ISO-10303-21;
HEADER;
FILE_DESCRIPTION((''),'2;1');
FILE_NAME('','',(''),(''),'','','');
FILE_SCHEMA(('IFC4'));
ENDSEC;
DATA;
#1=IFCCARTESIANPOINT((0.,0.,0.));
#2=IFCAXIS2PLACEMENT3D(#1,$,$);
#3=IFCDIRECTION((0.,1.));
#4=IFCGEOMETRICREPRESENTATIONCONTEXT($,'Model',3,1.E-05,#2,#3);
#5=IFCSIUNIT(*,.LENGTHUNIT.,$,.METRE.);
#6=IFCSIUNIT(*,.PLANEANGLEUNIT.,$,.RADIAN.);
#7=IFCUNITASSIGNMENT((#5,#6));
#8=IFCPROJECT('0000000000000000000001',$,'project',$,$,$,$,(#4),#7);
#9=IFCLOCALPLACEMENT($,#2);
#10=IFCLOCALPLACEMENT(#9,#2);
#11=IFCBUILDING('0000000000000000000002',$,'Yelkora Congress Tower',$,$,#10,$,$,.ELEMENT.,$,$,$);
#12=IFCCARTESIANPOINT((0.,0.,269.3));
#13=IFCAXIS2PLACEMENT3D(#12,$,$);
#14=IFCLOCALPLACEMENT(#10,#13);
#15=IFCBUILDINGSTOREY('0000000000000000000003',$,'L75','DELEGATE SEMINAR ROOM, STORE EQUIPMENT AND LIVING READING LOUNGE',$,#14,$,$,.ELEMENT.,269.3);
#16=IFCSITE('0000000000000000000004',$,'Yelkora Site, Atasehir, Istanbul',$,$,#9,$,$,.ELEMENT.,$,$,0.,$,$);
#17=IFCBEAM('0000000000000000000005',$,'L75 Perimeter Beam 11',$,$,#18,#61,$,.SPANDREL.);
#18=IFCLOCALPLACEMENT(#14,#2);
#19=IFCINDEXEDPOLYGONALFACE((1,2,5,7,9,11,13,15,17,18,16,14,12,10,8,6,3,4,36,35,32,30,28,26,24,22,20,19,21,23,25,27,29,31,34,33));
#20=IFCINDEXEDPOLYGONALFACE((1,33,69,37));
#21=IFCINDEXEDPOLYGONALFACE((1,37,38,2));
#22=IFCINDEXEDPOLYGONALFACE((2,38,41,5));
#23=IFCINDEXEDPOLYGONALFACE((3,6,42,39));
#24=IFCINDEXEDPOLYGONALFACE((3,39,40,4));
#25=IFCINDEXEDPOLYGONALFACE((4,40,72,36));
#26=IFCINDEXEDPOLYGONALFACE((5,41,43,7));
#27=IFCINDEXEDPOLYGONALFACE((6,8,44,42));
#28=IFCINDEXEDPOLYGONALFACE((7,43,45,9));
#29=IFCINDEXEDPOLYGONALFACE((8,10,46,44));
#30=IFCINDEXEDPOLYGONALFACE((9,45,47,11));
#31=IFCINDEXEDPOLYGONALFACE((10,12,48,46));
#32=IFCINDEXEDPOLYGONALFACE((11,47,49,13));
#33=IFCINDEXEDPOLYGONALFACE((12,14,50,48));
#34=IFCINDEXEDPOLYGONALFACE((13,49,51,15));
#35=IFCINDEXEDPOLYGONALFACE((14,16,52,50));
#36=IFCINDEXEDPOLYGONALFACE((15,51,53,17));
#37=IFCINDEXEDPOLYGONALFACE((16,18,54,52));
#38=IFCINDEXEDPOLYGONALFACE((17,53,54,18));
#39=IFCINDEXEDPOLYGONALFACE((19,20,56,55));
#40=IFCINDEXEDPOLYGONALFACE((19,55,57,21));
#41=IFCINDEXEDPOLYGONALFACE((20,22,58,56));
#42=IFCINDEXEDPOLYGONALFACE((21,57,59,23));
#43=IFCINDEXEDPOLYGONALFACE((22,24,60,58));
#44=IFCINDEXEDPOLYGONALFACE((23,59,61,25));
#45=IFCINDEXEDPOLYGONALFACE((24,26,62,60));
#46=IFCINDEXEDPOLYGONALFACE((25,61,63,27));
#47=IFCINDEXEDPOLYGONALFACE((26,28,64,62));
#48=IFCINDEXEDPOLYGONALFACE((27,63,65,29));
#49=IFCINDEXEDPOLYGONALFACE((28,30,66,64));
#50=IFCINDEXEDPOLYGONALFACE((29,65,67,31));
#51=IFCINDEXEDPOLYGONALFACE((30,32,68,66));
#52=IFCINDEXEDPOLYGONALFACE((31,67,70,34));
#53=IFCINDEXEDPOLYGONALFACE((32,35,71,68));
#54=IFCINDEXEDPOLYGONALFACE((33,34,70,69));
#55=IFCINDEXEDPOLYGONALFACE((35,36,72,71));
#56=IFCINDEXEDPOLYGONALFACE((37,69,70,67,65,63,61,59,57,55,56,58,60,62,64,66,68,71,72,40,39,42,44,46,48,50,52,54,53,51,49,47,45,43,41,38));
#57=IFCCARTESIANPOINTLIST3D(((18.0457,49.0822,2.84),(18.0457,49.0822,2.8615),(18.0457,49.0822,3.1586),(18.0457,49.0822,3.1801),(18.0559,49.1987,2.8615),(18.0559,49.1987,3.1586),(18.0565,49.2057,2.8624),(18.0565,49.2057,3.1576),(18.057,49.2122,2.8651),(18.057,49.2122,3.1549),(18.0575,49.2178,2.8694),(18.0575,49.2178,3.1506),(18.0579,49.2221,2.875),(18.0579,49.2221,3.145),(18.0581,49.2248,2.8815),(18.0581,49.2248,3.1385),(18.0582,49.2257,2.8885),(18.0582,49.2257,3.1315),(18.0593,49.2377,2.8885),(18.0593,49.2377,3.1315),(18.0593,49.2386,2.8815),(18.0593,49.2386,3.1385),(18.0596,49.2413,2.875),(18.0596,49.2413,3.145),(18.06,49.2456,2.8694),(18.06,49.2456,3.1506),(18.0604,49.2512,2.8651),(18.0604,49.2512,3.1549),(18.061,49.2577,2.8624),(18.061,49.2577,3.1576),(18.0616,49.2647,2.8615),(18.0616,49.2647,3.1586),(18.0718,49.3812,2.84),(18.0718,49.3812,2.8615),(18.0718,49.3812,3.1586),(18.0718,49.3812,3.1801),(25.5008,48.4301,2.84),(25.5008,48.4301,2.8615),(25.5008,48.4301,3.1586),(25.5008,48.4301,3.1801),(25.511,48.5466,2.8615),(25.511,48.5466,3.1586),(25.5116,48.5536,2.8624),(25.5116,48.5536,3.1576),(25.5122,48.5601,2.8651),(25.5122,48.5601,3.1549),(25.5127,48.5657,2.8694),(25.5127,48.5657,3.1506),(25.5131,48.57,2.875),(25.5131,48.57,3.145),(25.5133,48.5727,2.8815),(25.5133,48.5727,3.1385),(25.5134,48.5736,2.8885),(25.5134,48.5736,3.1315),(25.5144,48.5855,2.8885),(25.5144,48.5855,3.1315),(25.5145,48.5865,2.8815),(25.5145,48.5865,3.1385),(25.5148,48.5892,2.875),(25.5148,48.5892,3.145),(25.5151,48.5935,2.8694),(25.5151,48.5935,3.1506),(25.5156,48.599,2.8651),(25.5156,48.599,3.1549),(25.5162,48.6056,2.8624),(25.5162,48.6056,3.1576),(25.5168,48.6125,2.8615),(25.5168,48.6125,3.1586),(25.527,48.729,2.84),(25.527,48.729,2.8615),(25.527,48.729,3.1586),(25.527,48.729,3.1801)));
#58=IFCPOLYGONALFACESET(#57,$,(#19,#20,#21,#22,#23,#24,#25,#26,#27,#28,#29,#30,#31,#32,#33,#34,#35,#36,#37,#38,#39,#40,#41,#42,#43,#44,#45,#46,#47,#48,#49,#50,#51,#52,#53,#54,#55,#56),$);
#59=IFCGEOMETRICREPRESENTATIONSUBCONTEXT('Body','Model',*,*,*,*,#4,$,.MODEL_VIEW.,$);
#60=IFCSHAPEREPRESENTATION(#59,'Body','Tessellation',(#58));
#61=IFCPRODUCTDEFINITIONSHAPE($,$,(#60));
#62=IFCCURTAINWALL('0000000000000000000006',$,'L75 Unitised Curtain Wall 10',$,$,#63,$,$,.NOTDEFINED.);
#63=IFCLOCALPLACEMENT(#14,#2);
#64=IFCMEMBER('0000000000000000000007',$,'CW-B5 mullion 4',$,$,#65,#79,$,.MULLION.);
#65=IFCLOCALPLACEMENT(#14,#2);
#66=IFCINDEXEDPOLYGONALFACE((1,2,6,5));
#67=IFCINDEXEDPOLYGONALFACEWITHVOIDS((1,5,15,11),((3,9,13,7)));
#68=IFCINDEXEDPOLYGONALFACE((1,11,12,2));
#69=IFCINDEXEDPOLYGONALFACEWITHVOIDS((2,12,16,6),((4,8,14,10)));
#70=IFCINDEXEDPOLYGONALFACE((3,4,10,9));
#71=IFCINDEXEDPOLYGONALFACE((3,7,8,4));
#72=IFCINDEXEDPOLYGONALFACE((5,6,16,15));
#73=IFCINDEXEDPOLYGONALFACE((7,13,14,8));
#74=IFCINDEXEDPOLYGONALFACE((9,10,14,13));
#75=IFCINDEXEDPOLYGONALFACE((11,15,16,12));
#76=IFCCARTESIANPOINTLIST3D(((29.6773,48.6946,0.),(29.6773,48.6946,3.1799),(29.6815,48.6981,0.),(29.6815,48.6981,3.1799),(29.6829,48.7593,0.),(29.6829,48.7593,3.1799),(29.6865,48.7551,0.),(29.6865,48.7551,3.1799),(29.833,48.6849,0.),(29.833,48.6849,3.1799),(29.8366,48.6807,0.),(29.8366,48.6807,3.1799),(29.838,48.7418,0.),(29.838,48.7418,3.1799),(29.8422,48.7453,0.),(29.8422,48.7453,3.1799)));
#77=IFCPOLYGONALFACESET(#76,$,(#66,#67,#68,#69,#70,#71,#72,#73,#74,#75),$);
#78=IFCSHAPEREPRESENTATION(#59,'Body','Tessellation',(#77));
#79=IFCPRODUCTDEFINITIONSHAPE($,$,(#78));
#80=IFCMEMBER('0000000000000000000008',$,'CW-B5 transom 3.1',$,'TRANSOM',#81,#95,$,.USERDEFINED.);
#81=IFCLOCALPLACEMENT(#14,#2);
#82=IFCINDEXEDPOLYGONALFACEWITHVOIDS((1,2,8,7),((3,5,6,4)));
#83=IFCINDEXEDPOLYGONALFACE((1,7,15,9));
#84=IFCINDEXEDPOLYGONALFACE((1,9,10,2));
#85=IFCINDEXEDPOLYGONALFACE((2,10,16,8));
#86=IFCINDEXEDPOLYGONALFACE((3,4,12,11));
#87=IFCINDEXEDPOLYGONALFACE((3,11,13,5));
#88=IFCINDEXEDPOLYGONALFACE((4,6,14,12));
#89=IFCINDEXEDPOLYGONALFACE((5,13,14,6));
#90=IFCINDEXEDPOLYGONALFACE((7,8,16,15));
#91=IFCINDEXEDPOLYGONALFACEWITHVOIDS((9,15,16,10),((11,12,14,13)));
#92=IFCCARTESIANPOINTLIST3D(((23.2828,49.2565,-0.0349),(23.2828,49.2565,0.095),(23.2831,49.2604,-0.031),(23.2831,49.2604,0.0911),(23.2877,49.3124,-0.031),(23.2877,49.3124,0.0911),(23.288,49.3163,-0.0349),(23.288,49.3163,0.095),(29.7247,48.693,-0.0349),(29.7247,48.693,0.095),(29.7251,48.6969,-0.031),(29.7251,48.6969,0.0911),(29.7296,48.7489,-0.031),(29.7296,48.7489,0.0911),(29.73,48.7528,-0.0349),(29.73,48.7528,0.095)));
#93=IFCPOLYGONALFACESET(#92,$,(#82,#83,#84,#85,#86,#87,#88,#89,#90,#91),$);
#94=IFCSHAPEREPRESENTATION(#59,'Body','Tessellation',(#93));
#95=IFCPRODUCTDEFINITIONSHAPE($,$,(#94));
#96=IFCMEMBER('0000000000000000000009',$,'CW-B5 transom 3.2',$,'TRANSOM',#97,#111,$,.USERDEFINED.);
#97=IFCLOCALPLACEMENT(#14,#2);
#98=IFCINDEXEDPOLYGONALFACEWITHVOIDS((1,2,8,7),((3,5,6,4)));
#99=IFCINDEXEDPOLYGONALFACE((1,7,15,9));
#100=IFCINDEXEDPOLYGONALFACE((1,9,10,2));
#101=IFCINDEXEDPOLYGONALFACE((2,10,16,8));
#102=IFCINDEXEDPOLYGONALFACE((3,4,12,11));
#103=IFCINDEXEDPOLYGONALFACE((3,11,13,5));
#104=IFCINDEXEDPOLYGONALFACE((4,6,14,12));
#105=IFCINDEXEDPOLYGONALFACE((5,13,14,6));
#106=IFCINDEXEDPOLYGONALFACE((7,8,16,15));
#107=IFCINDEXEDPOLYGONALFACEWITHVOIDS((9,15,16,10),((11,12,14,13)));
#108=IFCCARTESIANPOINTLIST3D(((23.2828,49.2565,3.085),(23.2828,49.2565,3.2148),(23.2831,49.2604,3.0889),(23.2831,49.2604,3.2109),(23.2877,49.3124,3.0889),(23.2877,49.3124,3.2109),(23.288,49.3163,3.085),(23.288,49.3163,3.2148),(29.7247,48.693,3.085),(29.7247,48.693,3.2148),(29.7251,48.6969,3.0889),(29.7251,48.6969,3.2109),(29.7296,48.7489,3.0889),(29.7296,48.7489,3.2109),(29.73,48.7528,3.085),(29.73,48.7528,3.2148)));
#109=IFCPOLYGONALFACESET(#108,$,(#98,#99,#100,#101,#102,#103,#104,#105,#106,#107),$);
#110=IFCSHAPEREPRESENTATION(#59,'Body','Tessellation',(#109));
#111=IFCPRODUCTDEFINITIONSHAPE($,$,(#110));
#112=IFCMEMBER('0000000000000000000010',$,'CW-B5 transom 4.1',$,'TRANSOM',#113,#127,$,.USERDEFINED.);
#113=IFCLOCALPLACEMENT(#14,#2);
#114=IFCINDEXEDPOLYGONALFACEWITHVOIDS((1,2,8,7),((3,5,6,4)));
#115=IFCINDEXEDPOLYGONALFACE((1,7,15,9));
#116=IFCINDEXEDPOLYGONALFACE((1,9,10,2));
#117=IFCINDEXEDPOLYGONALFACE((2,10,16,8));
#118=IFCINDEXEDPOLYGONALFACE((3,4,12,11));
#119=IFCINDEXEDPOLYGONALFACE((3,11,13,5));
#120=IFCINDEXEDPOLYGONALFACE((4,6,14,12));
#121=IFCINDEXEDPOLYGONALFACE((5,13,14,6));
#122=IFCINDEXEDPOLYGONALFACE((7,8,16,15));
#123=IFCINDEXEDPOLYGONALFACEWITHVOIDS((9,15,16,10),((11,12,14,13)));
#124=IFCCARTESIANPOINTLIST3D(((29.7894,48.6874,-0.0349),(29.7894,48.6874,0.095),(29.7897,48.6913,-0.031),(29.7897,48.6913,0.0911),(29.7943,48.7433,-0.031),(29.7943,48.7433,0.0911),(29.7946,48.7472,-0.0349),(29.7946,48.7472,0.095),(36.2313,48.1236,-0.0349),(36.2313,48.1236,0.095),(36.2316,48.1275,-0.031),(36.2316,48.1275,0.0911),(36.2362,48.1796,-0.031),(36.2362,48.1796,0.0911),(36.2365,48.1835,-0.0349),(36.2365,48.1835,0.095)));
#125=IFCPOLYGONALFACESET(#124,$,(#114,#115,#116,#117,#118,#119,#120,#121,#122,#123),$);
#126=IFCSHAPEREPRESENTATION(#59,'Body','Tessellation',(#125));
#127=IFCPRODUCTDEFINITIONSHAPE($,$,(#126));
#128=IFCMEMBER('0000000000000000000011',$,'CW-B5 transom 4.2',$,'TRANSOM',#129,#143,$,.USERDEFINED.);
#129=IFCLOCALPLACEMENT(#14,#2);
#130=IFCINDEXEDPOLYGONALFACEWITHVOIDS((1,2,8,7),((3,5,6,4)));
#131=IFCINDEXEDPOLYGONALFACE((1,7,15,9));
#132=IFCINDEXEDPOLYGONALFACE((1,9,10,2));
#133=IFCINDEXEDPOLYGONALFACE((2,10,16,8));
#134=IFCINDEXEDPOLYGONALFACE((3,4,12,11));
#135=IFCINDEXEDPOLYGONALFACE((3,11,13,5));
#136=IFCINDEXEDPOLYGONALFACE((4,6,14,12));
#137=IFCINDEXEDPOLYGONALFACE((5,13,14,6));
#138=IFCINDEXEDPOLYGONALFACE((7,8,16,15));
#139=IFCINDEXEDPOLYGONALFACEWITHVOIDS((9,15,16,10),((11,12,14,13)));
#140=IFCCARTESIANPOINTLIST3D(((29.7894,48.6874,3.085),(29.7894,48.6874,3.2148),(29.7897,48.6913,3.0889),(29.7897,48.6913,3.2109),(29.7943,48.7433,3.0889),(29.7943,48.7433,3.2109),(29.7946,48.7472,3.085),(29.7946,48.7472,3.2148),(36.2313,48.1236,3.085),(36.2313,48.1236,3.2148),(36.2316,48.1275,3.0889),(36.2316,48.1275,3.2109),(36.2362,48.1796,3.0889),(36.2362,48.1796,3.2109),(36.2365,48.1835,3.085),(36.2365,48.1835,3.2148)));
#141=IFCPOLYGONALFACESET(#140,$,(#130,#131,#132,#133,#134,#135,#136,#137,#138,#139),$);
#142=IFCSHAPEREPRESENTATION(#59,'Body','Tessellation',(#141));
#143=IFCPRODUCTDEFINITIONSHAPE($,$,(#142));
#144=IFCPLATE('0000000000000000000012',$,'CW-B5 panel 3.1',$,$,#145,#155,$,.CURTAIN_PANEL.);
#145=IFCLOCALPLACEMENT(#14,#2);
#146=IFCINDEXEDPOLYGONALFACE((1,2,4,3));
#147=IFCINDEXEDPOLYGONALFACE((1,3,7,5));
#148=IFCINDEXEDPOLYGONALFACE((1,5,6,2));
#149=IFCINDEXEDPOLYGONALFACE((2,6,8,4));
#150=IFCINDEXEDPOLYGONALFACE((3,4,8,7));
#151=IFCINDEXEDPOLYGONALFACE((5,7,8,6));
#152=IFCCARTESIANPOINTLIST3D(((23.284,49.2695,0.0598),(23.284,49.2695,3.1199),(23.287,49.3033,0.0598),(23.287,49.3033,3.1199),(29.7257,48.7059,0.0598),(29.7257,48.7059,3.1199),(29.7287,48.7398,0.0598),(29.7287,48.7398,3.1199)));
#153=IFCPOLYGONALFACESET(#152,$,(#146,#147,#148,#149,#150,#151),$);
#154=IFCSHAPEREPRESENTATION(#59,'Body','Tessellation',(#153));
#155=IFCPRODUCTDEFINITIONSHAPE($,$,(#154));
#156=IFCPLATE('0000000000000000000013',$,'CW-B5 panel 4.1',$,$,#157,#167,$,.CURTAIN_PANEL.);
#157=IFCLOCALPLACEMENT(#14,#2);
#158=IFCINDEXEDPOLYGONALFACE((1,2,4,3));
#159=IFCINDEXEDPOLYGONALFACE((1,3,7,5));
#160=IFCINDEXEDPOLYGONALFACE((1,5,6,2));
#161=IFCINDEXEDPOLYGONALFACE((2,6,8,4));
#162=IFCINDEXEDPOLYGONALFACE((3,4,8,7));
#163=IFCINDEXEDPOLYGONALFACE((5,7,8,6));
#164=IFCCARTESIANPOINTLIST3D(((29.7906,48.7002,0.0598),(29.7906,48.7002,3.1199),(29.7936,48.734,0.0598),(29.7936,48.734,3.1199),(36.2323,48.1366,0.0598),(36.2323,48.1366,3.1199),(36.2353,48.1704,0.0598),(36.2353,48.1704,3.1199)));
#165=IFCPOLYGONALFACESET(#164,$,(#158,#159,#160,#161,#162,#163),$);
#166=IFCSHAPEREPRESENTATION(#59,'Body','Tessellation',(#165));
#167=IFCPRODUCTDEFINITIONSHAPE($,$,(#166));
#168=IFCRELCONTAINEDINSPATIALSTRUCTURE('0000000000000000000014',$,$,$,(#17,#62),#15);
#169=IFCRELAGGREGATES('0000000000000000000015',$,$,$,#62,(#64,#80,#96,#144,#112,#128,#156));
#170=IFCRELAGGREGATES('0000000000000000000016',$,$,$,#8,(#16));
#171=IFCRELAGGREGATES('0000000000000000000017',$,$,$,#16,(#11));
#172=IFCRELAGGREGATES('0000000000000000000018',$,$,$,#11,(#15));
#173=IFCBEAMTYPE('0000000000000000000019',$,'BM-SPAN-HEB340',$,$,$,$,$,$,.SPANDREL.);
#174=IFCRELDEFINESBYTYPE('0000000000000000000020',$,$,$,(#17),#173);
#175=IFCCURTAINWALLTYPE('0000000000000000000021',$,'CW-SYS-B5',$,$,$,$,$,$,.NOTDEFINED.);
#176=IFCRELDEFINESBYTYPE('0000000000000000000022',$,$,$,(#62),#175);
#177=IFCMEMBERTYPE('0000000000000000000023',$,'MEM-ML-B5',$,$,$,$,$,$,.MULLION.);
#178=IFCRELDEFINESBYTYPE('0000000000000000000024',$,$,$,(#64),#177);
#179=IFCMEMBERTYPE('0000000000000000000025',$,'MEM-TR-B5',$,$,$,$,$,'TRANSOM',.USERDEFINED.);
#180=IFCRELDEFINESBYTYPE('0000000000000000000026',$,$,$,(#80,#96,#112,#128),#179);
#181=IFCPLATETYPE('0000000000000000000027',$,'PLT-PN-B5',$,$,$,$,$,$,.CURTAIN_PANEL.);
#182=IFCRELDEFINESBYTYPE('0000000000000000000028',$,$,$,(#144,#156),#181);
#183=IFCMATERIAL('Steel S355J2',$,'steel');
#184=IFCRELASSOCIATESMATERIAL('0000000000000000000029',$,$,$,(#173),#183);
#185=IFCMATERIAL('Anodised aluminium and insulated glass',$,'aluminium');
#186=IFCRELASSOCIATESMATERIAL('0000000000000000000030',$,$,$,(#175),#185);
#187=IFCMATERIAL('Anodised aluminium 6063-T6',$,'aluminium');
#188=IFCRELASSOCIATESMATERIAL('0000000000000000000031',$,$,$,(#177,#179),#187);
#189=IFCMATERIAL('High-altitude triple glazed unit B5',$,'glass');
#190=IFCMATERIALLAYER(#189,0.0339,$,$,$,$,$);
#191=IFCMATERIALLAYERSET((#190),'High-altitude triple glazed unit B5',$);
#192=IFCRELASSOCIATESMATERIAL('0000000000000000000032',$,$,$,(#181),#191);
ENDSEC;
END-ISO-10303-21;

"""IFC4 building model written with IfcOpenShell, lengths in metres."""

from ifc_helpers import new_model, si_unit, direction, frame, origin, origin_2d, place, context, subcontext, project, spatial, rectangle, hollow_rectangle, i_section, extrude, material, layer, layer_set, material_profile, profile_set, type_object, element, aggregate, save


model = new_model("IFC4")

# Units and contexts
model_context = context("Model", 3, precision=1e-05, world=origin(), true_north=direction((0.0, 1.0)))
body_context = subcontext(model_context, "Body", "Model", "MODEL_VIEW")
ifc_project = project(units=[si_unit("LENGTHUNIT", "METRE"), si_unit("PLANEANGLEUNIT", "RADIAN")], contexts=[model_context])

# Site, building, storey
site_placement = place(None, origin())
site = spatial("IfcSite", under=ifc_project, at=site_placement, Name="Yelkora Site, Atasehir, Istanbul", CompositionType="ELEMENT", RefElevation=0.0)
building_placement = place(site_placement, origin())
building = spatial("IfcBuilding", under=site, at=building_placement, Name="Yelkora Congress Tower", CompositionType="ELEMENT")
storey_placement = place(building_placement, frame((0.0, 0.0, 269.3)))
storey = spatial("IfcBuildingStorey", under=building, at=storey_placement, Name="L75", Description="DELEGATE SEMINAR ROOM, STORE EQUIPMENT AND LIVING READING LOUNGE", CompositionType="ELEMENT", Elevation=269.3)

# Shared definitions
ifc_material_1 = material(Name="Steel S355J2", Category="steel")

# Beam
ifc_material_profile_1 = material_profile(ifc_material_1, i_section(OverallWidth=0.3, OverallDepth=0.3401, WebThickness=0.012, FlangeThickness=0.0215, FilletRadius=0.0271, at=origin_2d()), Name="HEB 340")
ifc_profile_set_1 = profile_set([ifc_material_profile_1], Name="Steel S355J2")
beam_type_1 = type_object("IfcBeamType", Name="BM-SPAN-HEB340", PredefinedType="SPANDREL", material=ifc_profile_set_1)
beam_1_placement = place(storey_placement, frame((25.5139, 48.5796, 3.01), z_axis=(-0.996196, 0.087138, 0.0), x_axis=(-0.087138, -0.996196, 0.0)))
element("IfcBeam", 1, at=beam_1_placement, inside=storey, type_object=beam_type_1, Name="L75 Perimeter Beam 11", PredefinedType="SPANDREL", context=body_context, shape_type="SweptSolid", body=[
    extrude(i_section(OverallWidth=0.3, OverallDepth=0.3401, WebThickness=0.012, FlangeThickness=0.0215, FilletRadius=0.0271, at=origin_2d()), origin(), (0.0, 0.0, 1.0), 7.4836),
])

# Curtain wall, members, plates
ifc_material_2 = material(Name="Anodised aluminium and insulated glass", Category="aluminium")
curtain_wall_type = type_object("IfcCurtainWallType", Name="CW-SYS-B5", PredefinedType="NOTDEFINED", material=ifc_material_2)
curtain_wall_placement = place(storey_placement, origin())
curtain_wall = element("IfcCurtainWall", 2, at=curtain_wall_placement, inside=storey, type_object=curtain_wall_type, Name="L75 Unitised Curtain Wall 10", PredefinedType="NOTDEFINED")
ifc_material_3 = material(Name="Anodised aluminium 6063-T6", Category="aluminium")
ifc_material_profile_2 = material_profile(ifc_material_3, hollow_rectangle(XDim=0.0649, YDim=0.1599, WallThickness=0.0039, at=origin_2d()), Name="ALU 65x160x4")
ifc_profile_set_2 = profile_set([ifc_material_profile_2], Name="Anodised aluminium 6063-T6")
member_type_1 = type_object("IfcMemberType", Name="MEM-ML-B5", PredefinedType="MULLION", material=ifc_profile_set_2)
member_1_placement = place(storey_placement, frame((29.7598, 48.72, 0.0), z_axis=(0.0, 0.0, 1.0), x_axis=(0.087157, 0.996195, 0.0)))
member_1 = element("IfcMember", 3, at=member_1_placement, type_object=member_type_1, Name="CW-B5 mullion 4", PredefinedType="MULLION", context=body_context, shape_type="SweptSolid", body=[
    extrude(hollow_rectangle(XDim=0.0649, YDim=0.1599, WallThickness=0.0039, at=origin_2d()), origin(), (0.0, 0.0, 1.0), 3.1799),
])
ifc_material_profile_3 = material_profile(ifc_material_3, hollow_rectangle(XDim=0.0601, YDim=0.1299, WallThickness=0.0039, at=origin_2d()), Name="ALU 60x130x4")
ifc_profile_set_3 = profile_set([ifc_material_profile_3], Name="Anodised aluminium 6063-T6")
member_type_2 = type_object("IfcMemberType", Name="MEM-TR-B5", ElementType="TRANSOM", PredefinedType="USERDEFINED", material=ifc_profile_set_3)
member_2_placement = place(storey_placement, frame((23.2854, 49.2864, 0.03), z_axis=(0.996196, -0.087138, 0.0), x_axis=(0.087138, 0.996196, 0.0)))
member_2 = element("IfcMember", 4, at=member_2_placement, type_object=member_type_2, Name="CW-B5 transom 3.1", ObjectType="TRANSOM", PredefinedType="USERDEFINED", context=body_context, shape_type="SweptSolid", body=[
    extrude(hollow_rectangle(XDim=0.0601, YDim=0.1299, WallThickness=0.0039, at=origin_2d()), origin(), (0.0, 0.0, 1.0), 6.4666),
])
member_3_placement = place(storey_placement, frame((23.2854, 49.2864, 3.1499), z_axis=(0.996196, -0.087138, 0.0), x_axis=(0.087138, 0.996196, 0.0)))
member_3 = element("IfcMember", 5, at=member_3_placement, type_object=member_type_2, Name="CW-B5 transom 3.2", ObjectType="TRANSOM", PredefinedType="USERDEFINED", context=body_context, shape_type="SweptSolid", body=[
    extrude(hollow_rectangle(XDim=0.0601, YDim=0.1299, WallThickness=0.0039, at=origin_2d()), origin(), (0.0, 0.0, 1.0), 6.4666),
])
member_4_placement = place(storey_placement, frame((29.792, 48.7173, 0.03), z_axis=(0.996193, -0.087175, 0.0), x_axis=(0.087175, 0.996193, 0.0)))
member_4 = element("IfcMember", 6, at=member_4_placement, type_object=member_type_2, Name="CW-B5 transom 4.1", ObjectType="TRANSOM", PredefinedType="USERDEFINED", context=body_context, shape_type="SweptSolid", body=[
    extrude(hollow_rectangle(XDim=0.0601, YDim=0.1299, WallThickness=0.0039, at=origin_2d()), origin(), (0.0, 0.0, 1.0), 6.4666),
])
member_5_placement = place(storey_placement, frame((29.792, 48.7173, 3.1499), z_axis=(0.996193, -0.087175, 0.0), x_axis=(0.087175, 0.996193, 0.0)))
member_5 = element("IfcMember", 7, at=member_5_placement, type_object=member_type_2, Name="CW-B5 transom 4.2", ObjectType="TRANSOM", PredefinedType="USERDEFINED", context=body_context, shape_type="SweptSolid", body=[
    extrude(hollow_rectangle(XDim=0.0601, YDim=0.1299, WallThickness=0.0039, at=origin_2d()), origin(), (0.0, 0.0, 1.0), 6.4666),
])
ifc_material_4 = material(Name="High-altitude triple glazed unit B5", Category="glass")
ifc_layer_1 = layer(ifc_material_4, 0.0339)
ifc_layer_set_1 = layer_set([ifc_layer_1], Name="High-altitude triple glazed unit B5")
plate_type = type_object("IfcPlateType", Name="PLT-PN-B5", PredefinedType="CURTAIN_PANEL", material=ifc_layer_set_1)
plate_1_placement = place(storey_placement, frame((26.5063, 49.0046, 0.0598), z_axis=(0.0, 0.0, 1.0), x_axis=(0.996195, -0.087157, 0.0)))
plate_1 = element("IfcPlate", 8, at=plate_1_placement, type_object=plate_type, Name="CW-B5 panel 3.1", PredefinedType="CURTAIN_PANEL", context=body_context, shape_type="SweptSolid", body=[
    extrude(rectangle(XDim=6.4663, YDim=0.0339, at=origin_2d()), origin(), (0.0, 0.0, 1.0), 3.0601),
])
plate_2_placement = place(storey_placement, frame((33.0129, 48.4353, 0.0598), z_axis=(0.0, 0.0, 1.0), x_axis=(0.996195, -0.087157, 0.0)))
plate_2 = element("IfcPlate", 9, at=plate_2_placement, type_object=plate_type, Name="CW-B5 panel 4.1", PredefinedType="CURTAIN_PANEL", context=body_context, shape_type="SweptSolid", body=[
    extrude(rectangle(XDim=6.4663, YDim=0.0339, at=origin_2d()), origin(), (0.0, 0.0, 1.0), 3.0601),
])
aggregate(curtain_wall, [member_1, member_2, member_3, plate_1, member_4, member_5, plate_2])

save(model, "model.ifc")
